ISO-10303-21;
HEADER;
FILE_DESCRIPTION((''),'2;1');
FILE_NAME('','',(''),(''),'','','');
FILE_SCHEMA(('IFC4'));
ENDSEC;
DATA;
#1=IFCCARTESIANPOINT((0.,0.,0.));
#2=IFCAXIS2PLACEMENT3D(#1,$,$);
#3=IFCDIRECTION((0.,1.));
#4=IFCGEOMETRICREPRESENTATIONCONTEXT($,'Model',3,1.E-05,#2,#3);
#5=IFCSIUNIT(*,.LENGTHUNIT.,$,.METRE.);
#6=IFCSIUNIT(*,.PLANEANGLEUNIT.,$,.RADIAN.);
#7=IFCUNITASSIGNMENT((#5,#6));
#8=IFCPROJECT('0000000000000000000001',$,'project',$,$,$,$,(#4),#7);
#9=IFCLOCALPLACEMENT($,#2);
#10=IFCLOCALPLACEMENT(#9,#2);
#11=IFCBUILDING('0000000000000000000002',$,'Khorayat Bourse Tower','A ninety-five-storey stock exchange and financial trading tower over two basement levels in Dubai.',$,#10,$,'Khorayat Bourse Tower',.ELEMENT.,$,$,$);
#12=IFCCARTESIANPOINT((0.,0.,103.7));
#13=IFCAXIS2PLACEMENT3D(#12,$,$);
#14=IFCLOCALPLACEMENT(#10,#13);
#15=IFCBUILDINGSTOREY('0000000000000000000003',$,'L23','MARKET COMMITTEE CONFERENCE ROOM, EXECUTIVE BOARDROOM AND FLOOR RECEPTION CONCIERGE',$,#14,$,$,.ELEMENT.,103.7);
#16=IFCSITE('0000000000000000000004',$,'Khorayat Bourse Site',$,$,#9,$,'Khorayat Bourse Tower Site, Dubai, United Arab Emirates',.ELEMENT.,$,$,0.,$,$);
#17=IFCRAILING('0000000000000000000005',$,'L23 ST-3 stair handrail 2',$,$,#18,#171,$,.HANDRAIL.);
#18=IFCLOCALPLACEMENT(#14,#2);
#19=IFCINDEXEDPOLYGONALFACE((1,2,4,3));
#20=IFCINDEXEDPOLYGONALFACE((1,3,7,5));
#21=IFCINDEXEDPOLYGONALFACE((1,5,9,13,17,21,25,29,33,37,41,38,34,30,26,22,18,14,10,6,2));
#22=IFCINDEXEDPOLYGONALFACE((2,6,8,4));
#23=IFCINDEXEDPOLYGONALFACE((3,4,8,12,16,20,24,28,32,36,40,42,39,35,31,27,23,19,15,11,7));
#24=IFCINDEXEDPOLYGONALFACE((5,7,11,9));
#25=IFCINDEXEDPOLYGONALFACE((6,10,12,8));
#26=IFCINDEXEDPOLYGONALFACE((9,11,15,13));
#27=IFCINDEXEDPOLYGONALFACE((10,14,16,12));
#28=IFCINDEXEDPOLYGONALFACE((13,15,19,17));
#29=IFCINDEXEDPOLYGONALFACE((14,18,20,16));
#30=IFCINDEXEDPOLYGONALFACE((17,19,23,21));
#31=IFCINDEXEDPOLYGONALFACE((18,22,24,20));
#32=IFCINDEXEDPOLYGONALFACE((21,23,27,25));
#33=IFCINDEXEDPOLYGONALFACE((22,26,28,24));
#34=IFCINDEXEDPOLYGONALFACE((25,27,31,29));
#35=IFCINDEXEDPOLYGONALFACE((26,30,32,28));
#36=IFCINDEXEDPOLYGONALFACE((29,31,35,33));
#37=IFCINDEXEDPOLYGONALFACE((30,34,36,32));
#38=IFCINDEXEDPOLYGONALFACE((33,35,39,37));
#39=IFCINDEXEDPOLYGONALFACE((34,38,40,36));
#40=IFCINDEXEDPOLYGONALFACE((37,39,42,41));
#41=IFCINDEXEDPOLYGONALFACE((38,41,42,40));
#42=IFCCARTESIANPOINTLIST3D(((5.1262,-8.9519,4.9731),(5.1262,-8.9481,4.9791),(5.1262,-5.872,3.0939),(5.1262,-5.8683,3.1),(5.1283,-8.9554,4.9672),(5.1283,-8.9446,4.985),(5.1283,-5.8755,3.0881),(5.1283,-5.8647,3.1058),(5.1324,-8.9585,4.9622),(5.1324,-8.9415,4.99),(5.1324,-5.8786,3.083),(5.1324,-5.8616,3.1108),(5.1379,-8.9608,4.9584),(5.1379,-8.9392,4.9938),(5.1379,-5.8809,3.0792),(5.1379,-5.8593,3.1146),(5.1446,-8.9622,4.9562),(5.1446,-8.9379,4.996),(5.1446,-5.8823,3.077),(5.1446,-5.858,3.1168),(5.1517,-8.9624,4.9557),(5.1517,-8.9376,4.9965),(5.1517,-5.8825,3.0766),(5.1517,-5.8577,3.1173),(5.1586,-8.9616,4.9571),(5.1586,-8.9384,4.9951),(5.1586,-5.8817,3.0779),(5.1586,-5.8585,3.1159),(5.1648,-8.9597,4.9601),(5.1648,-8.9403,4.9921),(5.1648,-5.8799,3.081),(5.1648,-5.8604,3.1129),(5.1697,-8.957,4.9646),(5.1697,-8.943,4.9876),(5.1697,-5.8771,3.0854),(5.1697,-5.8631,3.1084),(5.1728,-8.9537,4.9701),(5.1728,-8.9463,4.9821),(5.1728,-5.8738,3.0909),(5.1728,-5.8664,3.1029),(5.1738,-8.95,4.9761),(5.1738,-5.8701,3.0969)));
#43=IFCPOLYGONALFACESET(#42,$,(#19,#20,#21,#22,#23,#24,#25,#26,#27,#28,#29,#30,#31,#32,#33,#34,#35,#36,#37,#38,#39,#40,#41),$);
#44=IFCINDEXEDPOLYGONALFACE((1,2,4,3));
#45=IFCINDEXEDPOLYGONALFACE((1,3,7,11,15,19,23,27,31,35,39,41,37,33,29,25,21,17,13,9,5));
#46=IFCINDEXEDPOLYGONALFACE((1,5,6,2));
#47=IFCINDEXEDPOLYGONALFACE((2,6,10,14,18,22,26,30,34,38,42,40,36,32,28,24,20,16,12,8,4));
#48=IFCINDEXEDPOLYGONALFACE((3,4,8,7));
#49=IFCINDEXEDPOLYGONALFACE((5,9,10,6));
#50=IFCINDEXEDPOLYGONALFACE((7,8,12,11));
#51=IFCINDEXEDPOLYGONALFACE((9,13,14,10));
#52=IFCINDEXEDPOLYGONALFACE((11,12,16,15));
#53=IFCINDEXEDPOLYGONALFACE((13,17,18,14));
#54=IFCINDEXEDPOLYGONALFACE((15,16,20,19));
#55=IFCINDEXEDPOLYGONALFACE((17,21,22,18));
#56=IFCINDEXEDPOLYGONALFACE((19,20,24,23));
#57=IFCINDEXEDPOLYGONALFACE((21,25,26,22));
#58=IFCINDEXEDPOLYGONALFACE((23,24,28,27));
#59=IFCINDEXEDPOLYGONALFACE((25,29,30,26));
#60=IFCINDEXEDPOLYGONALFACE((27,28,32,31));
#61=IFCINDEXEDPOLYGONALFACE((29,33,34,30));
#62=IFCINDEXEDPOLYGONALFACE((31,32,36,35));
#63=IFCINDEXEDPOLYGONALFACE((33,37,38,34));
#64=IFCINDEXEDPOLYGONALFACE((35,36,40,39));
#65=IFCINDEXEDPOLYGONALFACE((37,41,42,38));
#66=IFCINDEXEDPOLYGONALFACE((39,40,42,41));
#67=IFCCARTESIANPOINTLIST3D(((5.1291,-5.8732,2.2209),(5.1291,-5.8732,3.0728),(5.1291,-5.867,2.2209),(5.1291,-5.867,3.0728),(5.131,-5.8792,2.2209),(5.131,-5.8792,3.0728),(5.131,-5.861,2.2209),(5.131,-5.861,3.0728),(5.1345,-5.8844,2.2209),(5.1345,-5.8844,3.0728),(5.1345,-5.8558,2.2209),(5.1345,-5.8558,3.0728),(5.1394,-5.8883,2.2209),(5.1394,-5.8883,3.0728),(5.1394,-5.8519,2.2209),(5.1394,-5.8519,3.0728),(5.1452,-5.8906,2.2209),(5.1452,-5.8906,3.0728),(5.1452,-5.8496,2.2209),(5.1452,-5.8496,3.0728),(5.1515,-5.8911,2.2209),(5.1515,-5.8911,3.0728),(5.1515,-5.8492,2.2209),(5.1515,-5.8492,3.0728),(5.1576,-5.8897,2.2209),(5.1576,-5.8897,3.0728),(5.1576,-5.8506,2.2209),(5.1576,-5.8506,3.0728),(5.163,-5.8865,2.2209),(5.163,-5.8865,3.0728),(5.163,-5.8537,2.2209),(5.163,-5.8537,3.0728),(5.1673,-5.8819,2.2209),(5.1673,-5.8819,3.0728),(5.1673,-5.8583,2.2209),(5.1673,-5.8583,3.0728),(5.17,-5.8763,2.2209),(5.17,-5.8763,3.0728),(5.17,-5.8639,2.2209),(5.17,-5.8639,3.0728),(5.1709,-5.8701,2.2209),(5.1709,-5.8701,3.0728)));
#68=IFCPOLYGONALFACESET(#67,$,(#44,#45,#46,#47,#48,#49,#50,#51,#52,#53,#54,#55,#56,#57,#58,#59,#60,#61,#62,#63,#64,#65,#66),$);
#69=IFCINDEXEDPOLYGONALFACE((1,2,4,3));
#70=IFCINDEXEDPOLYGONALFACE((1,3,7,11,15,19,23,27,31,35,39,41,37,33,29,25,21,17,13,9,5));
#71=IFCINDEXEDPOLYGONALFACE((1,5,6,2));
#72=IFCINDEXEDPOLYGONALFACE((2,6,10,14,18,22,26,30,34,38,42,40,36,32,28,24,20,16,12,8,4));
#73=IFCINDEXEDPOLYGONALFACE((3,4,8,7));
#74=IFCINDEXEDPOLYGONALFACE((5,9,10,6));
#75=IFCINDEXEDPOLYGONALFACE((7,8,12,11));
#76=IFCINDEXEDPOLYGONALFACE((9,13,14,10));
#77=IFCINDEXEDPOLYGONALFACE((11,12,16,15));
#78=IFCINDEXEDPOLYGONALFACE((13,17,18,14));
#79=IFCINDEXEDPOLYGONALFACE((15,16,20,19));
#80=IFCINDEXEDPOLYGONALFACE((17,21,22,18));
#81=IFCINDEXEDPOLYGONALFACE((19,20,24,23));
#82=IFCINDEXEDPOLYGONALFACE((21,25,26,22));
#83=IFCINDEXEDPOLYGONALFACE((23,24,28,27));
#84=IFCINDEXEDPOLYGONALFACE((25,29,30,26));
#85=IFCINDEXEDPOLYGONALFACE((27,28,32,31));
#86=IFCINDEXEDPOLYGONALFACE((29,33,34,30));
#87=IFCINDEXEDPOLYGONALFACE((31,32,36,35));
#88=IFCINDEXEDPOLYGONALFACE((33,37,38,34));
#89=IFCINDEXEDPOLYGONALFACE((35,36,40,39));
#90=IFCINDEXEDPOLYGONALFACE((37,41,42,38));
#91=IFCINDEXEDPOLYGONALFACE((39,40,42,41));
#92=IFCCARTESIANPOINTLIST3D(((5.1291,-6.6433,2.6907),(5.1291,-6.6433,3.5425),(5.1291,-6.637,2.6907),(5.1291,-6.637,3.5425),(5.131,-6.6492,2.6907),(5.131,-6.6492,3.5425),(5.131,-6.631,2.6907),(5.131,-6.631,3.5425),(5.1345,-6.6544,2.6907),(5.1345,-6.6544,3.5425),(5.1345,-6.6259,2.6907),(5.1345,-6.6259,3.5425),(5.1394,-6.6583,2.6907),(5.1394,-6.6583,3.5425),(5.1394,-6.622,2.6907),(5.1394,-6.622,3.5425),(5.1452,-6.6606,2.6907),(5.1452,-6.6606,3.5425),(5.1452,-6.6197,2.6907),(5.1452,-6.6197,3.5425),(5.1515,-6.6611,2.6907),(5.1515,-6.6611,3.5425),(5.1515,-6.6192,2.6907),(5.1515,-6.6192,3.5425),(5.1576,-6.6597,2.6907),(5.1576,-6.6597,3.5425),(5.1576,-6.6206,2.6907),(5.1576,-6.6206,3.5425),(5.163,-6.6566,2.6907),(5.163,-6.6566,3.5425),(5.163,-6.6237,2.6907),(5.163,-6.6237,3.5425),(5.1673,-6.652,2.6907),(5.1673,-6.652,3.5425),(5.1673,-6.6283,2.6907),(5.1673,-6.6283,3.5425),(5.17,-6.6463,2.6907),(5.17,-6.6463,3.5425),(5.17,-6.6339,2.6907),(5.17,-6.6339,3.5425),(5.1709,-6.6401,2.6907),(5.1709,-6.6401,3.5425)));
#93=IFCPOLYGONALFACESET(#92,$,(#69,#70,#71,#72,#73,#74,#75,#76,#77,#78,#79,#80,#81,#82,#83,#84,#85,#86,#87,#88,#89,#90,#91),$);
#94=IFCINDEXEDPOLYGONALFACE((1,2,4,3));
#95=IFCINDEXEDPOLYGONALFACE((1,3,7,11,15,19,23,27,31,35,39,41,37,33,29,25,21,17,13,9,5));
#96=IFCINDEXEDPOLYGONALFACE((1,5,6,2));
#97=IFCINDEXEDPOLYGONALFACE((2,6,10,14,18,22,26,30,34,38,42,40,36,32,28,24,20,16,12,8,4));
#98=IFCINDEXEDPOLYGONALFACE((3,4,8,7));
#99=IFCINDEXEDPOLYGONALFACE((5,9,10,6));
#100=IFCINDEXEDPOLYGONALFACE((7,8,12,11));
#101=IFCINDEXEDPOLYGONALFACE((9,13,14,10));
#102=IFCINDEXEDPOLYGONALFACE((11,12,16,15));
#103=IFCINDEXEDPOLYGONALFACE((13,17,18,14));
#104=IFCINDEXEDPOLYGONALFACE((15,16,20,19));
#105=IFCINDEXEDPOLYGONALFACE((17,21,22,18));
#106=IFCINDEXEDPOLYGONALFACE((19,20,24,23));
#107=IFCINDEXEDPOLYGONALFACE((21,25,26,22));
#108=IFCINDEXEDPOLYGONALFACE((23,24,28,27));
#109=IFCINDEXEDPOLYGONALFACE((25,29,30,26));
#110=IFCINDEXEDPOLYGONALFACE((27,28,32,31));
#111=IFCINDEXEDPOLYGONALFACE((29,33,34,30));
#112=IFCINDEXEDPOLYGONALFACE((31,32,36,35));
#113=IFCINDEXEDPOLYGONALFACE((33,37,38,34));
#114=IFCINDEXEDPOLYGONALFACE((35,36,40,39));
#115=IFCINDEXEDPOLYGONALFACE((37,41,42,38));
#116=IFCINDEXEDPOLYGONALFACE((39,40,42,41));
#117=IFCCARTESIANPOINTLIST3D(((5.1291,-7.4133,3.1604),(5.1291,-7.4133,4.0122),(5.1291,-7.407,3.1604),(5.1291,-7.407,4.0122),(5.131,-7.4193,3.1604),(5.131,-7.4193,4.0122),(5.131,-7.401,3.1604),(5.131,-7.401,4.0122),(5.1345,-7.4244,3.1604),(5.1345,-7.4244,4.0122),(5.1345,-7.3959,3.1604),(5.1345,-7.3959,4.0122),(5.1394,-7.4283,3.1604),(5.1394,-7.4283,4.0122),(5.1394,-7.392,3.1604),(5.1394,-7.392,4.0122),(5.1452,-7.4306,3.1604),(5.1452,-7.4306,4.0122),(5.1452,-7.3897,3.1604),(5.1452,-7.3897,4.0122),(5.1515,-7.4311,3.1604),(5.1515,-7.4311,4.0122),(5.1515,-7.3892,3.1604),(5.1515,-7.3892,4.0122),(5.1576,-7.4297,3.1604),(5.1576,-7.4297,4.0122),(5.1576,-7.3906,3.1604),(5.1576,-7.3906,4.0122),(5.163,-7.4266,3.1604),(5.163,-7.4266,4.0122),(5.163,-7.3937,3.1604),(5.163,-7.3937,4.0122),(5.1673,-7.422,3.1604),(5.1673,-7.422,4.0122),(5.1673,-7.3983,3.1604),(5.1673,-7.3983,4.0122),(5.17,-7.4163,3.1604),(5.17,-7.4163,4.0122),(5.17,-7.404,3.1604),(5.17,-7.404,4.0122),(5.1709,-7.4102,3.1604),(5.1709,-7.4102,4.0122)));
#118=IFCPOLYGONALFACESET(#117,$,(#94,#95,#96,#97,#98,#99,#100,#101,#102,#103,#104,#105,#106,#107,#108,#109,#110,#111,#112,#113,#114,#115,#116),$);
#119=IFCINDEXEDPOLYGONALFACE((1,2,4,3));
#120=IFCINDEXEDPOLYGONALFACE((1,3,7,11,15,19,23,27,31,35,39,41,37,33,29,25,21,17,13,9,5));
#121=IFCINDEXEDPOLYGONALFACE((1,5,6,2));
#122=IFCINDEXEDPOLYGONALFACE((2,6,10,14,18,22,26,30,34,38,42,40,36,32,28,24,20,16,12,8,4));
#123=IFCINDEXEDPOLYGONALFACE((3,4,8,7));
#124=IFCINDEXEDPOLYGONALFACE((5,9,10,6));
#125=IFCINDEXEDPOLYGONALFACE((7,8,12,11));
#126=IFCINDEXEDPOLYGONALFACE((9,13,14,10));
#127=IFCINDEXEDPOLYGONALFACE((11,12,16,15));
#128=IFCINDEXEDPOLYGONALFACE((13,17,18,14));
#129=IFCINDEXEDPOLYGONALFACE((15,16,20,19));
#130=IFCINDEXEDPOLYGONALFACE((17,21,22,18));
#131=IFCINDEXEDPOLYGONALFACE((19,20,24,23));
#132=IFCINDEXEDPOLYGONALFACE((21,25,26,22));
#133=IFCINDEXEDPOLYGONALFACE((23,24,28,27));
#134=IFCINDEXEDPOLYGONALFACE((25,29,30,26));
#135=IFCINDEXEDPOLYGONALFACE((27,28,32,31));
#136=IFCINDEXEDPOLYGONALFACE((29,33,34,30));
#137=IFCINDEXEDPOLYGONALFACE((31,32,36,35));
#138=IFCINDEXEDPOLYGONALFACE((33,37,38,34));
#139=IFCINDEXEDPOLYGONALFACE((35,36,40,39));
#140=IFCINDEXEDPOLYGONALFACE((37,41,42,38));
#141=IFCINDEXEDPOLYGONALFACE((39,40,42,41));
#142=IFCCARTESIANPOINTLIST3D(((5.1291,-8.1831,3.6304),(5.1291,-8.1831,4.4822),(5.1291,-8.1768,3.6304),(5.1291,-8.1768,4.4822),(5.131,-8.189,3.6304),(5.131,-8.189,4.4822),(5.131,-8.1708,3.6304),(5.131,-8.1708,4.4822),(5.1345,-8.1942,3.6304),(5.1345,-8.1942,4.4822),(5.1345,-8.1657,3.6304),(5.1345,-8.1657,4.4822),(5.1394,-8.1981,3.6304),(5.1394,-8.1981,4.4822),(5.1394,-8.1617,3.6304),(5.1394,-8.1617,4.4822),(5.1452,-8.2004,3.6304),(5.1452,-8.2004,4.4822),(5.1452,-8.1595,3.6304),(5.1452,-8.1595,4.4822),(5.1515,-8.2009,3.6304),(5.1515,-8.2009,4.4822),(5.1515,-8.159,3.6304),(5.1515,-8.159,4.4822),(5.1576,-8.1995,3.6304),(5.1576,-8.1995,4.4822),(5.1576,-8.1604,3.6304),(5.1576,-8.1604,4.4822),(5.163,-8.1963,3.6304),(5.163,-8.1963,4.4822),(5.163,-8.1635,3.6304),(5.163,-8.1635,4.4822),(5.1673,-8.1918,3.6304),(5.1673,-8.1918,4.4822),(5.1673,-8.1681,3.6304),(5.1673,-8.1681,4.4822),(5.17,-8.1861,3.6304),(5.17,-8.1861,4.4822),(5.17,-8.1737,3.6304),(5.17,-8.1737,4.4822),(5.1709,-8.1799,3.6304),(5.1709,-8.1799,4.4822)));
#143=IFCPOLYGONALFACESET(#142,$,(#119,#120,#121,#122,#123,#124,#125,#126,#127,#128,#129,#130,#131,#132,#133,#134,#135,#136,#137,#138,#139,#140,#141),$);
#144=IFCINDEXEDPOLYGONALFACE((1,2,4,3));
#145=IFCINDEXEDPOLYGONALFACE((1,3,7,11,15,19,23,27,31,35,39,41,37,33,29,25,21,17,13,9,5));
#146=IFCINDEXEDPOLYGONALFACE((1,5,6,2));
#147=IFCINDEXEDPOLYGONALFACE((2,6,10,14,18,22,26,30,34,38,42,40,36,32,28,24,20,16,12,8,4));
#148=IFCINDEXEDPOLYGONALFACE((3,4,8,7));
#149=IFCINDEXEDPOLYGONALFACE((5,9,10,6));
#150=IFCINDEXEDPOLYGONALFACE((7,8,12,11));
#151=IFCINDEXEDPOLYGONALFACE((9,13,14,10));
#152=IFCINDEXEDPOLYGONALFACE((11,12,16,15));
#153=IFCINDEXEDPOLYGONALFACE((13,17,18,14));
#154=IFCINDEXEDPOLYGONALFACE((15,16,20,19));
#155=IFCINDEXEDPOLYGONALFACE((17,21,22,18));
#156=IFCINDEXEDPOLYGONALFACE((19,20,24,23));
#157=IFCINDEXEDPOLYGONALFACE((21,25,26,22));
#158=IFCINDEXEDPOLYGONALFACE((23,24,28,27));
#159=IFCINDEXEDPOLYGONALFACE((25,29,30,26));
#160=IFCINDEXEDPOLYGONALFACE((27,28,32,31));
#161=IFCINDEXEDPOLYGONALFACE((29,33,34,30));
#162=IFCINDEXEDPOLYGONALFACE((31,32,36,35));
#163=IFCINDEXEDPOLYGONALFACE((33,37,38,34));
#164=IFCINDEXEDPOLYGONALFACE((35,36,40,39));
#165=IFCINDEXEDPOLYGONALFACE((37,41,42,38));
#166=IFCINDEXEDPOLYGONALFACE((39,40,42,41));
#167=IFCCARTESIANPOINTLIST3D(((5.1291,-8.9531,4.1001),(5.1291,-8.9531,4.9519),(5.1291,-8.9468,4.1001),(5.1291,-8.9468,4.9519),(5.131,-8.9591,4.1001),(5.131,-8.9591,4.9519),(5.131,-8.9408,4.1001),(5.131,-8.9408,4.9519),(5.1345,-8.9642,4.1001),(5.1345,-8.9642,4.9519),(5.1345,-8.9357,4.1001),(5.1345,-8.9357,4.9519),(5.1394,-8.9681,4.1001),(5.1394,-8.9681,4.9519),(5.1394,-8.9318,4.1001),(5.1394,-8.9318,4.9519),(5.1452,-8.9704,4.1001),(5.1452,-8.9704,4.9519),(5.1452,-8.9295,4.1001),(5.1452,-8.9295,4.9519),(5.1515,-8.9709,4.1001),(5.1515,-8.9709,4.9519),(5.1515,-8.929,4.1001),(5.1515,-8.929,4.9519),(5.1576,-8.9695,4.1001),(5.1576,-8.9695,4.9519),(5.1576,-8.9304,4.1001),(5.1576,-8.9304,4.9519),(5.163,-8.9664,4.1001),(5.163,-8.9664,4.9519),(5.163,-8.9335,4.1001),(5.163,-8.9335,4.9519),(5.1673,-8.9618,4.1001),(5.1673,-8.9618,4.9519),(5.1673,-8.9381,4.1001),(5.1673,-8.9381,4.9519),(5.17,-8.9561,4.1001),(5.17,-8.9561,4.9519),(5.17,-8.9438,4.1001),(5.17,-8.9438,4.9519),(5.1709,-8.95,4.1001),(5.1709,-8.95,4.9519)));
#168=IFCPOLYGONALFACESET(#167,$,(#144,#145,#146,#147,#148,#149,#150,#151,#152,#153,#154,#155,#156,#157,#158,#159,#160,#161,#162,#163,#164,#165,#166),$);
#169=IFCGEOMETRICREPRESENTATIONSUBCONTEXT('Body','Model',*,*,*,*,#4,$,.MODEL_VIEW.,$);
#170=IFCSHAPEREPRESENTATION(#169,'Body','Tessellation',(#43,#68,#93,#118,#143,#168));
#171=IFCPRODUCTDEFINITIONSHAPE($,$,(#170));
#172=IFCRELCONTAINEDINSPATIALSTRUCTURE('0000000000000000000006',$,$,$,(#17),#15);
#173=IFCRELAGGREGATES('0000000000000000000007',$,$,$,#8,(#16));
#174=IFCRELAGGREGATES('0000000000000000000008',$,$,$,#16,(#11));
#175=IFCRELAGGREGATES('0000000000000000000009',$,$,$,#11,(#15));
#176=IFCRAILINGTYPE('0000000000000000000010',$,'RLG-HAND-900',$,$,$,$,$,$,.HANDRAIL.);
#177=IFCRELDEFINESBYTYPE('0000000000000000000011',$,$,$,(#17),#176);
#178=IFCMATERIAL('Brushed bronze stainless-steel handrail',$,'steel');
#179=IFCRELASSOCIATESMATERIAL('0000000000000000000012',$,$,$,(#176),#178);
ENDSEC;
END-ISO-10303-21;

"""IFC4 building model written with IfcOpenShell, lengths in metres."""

from ifc_helpers import new_model, si_unit, direction, frame, origin, origin_2d, place, context, subcontext, project, spatial, circle, extrude, source, transform, mapped, material, type_object, element, save


model = new_model("IFC4")

# Units and contexts
model_context = context("Model", 3, precision=1e-05, world=origin(), true_north=direction((0.0, 1.0)))
body_context = subcontext(model_context, "Body", "Model", "MODEL_VIEW")
ifc_project = project(units=[si_unit("LENGTHUNIT", "METRE"), si_unit("PLANEANGLEUNIT", "RADIAN")], contexts=[model_context])

# Site, building, storey
site_placement = place(None, origin())
site = spatial("IfcSite", under=ifc_project, at=site_placement, Name="Khorayat Bourse Site", LongName="Khorayat Bourse Tower Site, Dubai, United Arab Emirates", CompositionType="ELEMENT", RefElevation=0.0)
building_placement = place(site_placement, origin())
building = spatial("IfcBuilding", under=site, at=building_placement, Name="Khorayat Bourse Tower", Description="A ninety-five-storey stock exchange and financial trading tower over two basement levels in Dubai.", LongName="Khorayat Bourse Tower", CompositionType="ELEMENT")
storey_placement = place(building_placement, frame((0.0, 0.0, 103.7)))
storey = spatial("IfcBuildingStorey", under=building, at=storey_placement, Name="L23", Description="MARKET COMMITTEE CONFERENCE ROOM, EXECUTIVE BOARDROOM AND FLOOR RECEPTION CONCIERGE", CompositionType="ELEMENT", Elevation=103.7)

# Railing
ifc_material_1 = material(Name="Brushed bronze stainless-steel handrail", Category="steel")
railing_type_1 = type_object("IfcRailingType", Name="RLG-HAND-900", PredefinedType="HANDRAIL", material=ifc_material_1)
shared_shape_1 = source(origin(), body_context, "Body", "SweptSolid", [
    extrude(circle(Radius=0.0239, at=origin_2d()), frame((0.0, 0.0, 0.876), z_axis=(0.0, -0.853648, 0.52085), x_axis=(1.0, 0.0, 0.0)), (0.0, 0.0, 1.0), 3.6079),
    extrude(circle(Radius=0.021, at=origin_2d()), origin(), (0.0, 0.0, 1.0), 0.8518),
    extrude(circle(Radius=0.021, at=origin_2d()), frame((0.0, -0.77, 0.4697)), (0.0, 0.0, 1.0), 0.8518),
    extrude(circle(Radius=0.021, at=origin_2d()), frame((0.0, -1.54, 0.9395)), (0.0, 0.0, 1.0), 0.8518),
    extrude(circle(Radius=0.021, at=origin_2d()), frame((0.0, -2.3098, 1.4094)), (0.0, 0.0, 1.0), 0.8518),
    extrude(circle(Radius=0.021, at=origin_2d()), frame((0.0, -3.0798, 1.8792)), (0.0, 0.0, 1.0), 0.8518),
])
railing_1_placement = place(storey_placement, frame((5.1499, -5.8701, 2.2209)))
element("IfcRailing", 1, at=railing_1_placement, inside=storey, type_object=railing_type_1, Name="L23 ST-3 stair handrail 2", PredefinedType="HANDRAIL", context=body_context, shape_type="MappedRepresentation", body=[
    mapped(shared_shape_1, transform((0.0, 0.0, 0.0), scale=1.0)),
])

save(model, "model.ifc")
